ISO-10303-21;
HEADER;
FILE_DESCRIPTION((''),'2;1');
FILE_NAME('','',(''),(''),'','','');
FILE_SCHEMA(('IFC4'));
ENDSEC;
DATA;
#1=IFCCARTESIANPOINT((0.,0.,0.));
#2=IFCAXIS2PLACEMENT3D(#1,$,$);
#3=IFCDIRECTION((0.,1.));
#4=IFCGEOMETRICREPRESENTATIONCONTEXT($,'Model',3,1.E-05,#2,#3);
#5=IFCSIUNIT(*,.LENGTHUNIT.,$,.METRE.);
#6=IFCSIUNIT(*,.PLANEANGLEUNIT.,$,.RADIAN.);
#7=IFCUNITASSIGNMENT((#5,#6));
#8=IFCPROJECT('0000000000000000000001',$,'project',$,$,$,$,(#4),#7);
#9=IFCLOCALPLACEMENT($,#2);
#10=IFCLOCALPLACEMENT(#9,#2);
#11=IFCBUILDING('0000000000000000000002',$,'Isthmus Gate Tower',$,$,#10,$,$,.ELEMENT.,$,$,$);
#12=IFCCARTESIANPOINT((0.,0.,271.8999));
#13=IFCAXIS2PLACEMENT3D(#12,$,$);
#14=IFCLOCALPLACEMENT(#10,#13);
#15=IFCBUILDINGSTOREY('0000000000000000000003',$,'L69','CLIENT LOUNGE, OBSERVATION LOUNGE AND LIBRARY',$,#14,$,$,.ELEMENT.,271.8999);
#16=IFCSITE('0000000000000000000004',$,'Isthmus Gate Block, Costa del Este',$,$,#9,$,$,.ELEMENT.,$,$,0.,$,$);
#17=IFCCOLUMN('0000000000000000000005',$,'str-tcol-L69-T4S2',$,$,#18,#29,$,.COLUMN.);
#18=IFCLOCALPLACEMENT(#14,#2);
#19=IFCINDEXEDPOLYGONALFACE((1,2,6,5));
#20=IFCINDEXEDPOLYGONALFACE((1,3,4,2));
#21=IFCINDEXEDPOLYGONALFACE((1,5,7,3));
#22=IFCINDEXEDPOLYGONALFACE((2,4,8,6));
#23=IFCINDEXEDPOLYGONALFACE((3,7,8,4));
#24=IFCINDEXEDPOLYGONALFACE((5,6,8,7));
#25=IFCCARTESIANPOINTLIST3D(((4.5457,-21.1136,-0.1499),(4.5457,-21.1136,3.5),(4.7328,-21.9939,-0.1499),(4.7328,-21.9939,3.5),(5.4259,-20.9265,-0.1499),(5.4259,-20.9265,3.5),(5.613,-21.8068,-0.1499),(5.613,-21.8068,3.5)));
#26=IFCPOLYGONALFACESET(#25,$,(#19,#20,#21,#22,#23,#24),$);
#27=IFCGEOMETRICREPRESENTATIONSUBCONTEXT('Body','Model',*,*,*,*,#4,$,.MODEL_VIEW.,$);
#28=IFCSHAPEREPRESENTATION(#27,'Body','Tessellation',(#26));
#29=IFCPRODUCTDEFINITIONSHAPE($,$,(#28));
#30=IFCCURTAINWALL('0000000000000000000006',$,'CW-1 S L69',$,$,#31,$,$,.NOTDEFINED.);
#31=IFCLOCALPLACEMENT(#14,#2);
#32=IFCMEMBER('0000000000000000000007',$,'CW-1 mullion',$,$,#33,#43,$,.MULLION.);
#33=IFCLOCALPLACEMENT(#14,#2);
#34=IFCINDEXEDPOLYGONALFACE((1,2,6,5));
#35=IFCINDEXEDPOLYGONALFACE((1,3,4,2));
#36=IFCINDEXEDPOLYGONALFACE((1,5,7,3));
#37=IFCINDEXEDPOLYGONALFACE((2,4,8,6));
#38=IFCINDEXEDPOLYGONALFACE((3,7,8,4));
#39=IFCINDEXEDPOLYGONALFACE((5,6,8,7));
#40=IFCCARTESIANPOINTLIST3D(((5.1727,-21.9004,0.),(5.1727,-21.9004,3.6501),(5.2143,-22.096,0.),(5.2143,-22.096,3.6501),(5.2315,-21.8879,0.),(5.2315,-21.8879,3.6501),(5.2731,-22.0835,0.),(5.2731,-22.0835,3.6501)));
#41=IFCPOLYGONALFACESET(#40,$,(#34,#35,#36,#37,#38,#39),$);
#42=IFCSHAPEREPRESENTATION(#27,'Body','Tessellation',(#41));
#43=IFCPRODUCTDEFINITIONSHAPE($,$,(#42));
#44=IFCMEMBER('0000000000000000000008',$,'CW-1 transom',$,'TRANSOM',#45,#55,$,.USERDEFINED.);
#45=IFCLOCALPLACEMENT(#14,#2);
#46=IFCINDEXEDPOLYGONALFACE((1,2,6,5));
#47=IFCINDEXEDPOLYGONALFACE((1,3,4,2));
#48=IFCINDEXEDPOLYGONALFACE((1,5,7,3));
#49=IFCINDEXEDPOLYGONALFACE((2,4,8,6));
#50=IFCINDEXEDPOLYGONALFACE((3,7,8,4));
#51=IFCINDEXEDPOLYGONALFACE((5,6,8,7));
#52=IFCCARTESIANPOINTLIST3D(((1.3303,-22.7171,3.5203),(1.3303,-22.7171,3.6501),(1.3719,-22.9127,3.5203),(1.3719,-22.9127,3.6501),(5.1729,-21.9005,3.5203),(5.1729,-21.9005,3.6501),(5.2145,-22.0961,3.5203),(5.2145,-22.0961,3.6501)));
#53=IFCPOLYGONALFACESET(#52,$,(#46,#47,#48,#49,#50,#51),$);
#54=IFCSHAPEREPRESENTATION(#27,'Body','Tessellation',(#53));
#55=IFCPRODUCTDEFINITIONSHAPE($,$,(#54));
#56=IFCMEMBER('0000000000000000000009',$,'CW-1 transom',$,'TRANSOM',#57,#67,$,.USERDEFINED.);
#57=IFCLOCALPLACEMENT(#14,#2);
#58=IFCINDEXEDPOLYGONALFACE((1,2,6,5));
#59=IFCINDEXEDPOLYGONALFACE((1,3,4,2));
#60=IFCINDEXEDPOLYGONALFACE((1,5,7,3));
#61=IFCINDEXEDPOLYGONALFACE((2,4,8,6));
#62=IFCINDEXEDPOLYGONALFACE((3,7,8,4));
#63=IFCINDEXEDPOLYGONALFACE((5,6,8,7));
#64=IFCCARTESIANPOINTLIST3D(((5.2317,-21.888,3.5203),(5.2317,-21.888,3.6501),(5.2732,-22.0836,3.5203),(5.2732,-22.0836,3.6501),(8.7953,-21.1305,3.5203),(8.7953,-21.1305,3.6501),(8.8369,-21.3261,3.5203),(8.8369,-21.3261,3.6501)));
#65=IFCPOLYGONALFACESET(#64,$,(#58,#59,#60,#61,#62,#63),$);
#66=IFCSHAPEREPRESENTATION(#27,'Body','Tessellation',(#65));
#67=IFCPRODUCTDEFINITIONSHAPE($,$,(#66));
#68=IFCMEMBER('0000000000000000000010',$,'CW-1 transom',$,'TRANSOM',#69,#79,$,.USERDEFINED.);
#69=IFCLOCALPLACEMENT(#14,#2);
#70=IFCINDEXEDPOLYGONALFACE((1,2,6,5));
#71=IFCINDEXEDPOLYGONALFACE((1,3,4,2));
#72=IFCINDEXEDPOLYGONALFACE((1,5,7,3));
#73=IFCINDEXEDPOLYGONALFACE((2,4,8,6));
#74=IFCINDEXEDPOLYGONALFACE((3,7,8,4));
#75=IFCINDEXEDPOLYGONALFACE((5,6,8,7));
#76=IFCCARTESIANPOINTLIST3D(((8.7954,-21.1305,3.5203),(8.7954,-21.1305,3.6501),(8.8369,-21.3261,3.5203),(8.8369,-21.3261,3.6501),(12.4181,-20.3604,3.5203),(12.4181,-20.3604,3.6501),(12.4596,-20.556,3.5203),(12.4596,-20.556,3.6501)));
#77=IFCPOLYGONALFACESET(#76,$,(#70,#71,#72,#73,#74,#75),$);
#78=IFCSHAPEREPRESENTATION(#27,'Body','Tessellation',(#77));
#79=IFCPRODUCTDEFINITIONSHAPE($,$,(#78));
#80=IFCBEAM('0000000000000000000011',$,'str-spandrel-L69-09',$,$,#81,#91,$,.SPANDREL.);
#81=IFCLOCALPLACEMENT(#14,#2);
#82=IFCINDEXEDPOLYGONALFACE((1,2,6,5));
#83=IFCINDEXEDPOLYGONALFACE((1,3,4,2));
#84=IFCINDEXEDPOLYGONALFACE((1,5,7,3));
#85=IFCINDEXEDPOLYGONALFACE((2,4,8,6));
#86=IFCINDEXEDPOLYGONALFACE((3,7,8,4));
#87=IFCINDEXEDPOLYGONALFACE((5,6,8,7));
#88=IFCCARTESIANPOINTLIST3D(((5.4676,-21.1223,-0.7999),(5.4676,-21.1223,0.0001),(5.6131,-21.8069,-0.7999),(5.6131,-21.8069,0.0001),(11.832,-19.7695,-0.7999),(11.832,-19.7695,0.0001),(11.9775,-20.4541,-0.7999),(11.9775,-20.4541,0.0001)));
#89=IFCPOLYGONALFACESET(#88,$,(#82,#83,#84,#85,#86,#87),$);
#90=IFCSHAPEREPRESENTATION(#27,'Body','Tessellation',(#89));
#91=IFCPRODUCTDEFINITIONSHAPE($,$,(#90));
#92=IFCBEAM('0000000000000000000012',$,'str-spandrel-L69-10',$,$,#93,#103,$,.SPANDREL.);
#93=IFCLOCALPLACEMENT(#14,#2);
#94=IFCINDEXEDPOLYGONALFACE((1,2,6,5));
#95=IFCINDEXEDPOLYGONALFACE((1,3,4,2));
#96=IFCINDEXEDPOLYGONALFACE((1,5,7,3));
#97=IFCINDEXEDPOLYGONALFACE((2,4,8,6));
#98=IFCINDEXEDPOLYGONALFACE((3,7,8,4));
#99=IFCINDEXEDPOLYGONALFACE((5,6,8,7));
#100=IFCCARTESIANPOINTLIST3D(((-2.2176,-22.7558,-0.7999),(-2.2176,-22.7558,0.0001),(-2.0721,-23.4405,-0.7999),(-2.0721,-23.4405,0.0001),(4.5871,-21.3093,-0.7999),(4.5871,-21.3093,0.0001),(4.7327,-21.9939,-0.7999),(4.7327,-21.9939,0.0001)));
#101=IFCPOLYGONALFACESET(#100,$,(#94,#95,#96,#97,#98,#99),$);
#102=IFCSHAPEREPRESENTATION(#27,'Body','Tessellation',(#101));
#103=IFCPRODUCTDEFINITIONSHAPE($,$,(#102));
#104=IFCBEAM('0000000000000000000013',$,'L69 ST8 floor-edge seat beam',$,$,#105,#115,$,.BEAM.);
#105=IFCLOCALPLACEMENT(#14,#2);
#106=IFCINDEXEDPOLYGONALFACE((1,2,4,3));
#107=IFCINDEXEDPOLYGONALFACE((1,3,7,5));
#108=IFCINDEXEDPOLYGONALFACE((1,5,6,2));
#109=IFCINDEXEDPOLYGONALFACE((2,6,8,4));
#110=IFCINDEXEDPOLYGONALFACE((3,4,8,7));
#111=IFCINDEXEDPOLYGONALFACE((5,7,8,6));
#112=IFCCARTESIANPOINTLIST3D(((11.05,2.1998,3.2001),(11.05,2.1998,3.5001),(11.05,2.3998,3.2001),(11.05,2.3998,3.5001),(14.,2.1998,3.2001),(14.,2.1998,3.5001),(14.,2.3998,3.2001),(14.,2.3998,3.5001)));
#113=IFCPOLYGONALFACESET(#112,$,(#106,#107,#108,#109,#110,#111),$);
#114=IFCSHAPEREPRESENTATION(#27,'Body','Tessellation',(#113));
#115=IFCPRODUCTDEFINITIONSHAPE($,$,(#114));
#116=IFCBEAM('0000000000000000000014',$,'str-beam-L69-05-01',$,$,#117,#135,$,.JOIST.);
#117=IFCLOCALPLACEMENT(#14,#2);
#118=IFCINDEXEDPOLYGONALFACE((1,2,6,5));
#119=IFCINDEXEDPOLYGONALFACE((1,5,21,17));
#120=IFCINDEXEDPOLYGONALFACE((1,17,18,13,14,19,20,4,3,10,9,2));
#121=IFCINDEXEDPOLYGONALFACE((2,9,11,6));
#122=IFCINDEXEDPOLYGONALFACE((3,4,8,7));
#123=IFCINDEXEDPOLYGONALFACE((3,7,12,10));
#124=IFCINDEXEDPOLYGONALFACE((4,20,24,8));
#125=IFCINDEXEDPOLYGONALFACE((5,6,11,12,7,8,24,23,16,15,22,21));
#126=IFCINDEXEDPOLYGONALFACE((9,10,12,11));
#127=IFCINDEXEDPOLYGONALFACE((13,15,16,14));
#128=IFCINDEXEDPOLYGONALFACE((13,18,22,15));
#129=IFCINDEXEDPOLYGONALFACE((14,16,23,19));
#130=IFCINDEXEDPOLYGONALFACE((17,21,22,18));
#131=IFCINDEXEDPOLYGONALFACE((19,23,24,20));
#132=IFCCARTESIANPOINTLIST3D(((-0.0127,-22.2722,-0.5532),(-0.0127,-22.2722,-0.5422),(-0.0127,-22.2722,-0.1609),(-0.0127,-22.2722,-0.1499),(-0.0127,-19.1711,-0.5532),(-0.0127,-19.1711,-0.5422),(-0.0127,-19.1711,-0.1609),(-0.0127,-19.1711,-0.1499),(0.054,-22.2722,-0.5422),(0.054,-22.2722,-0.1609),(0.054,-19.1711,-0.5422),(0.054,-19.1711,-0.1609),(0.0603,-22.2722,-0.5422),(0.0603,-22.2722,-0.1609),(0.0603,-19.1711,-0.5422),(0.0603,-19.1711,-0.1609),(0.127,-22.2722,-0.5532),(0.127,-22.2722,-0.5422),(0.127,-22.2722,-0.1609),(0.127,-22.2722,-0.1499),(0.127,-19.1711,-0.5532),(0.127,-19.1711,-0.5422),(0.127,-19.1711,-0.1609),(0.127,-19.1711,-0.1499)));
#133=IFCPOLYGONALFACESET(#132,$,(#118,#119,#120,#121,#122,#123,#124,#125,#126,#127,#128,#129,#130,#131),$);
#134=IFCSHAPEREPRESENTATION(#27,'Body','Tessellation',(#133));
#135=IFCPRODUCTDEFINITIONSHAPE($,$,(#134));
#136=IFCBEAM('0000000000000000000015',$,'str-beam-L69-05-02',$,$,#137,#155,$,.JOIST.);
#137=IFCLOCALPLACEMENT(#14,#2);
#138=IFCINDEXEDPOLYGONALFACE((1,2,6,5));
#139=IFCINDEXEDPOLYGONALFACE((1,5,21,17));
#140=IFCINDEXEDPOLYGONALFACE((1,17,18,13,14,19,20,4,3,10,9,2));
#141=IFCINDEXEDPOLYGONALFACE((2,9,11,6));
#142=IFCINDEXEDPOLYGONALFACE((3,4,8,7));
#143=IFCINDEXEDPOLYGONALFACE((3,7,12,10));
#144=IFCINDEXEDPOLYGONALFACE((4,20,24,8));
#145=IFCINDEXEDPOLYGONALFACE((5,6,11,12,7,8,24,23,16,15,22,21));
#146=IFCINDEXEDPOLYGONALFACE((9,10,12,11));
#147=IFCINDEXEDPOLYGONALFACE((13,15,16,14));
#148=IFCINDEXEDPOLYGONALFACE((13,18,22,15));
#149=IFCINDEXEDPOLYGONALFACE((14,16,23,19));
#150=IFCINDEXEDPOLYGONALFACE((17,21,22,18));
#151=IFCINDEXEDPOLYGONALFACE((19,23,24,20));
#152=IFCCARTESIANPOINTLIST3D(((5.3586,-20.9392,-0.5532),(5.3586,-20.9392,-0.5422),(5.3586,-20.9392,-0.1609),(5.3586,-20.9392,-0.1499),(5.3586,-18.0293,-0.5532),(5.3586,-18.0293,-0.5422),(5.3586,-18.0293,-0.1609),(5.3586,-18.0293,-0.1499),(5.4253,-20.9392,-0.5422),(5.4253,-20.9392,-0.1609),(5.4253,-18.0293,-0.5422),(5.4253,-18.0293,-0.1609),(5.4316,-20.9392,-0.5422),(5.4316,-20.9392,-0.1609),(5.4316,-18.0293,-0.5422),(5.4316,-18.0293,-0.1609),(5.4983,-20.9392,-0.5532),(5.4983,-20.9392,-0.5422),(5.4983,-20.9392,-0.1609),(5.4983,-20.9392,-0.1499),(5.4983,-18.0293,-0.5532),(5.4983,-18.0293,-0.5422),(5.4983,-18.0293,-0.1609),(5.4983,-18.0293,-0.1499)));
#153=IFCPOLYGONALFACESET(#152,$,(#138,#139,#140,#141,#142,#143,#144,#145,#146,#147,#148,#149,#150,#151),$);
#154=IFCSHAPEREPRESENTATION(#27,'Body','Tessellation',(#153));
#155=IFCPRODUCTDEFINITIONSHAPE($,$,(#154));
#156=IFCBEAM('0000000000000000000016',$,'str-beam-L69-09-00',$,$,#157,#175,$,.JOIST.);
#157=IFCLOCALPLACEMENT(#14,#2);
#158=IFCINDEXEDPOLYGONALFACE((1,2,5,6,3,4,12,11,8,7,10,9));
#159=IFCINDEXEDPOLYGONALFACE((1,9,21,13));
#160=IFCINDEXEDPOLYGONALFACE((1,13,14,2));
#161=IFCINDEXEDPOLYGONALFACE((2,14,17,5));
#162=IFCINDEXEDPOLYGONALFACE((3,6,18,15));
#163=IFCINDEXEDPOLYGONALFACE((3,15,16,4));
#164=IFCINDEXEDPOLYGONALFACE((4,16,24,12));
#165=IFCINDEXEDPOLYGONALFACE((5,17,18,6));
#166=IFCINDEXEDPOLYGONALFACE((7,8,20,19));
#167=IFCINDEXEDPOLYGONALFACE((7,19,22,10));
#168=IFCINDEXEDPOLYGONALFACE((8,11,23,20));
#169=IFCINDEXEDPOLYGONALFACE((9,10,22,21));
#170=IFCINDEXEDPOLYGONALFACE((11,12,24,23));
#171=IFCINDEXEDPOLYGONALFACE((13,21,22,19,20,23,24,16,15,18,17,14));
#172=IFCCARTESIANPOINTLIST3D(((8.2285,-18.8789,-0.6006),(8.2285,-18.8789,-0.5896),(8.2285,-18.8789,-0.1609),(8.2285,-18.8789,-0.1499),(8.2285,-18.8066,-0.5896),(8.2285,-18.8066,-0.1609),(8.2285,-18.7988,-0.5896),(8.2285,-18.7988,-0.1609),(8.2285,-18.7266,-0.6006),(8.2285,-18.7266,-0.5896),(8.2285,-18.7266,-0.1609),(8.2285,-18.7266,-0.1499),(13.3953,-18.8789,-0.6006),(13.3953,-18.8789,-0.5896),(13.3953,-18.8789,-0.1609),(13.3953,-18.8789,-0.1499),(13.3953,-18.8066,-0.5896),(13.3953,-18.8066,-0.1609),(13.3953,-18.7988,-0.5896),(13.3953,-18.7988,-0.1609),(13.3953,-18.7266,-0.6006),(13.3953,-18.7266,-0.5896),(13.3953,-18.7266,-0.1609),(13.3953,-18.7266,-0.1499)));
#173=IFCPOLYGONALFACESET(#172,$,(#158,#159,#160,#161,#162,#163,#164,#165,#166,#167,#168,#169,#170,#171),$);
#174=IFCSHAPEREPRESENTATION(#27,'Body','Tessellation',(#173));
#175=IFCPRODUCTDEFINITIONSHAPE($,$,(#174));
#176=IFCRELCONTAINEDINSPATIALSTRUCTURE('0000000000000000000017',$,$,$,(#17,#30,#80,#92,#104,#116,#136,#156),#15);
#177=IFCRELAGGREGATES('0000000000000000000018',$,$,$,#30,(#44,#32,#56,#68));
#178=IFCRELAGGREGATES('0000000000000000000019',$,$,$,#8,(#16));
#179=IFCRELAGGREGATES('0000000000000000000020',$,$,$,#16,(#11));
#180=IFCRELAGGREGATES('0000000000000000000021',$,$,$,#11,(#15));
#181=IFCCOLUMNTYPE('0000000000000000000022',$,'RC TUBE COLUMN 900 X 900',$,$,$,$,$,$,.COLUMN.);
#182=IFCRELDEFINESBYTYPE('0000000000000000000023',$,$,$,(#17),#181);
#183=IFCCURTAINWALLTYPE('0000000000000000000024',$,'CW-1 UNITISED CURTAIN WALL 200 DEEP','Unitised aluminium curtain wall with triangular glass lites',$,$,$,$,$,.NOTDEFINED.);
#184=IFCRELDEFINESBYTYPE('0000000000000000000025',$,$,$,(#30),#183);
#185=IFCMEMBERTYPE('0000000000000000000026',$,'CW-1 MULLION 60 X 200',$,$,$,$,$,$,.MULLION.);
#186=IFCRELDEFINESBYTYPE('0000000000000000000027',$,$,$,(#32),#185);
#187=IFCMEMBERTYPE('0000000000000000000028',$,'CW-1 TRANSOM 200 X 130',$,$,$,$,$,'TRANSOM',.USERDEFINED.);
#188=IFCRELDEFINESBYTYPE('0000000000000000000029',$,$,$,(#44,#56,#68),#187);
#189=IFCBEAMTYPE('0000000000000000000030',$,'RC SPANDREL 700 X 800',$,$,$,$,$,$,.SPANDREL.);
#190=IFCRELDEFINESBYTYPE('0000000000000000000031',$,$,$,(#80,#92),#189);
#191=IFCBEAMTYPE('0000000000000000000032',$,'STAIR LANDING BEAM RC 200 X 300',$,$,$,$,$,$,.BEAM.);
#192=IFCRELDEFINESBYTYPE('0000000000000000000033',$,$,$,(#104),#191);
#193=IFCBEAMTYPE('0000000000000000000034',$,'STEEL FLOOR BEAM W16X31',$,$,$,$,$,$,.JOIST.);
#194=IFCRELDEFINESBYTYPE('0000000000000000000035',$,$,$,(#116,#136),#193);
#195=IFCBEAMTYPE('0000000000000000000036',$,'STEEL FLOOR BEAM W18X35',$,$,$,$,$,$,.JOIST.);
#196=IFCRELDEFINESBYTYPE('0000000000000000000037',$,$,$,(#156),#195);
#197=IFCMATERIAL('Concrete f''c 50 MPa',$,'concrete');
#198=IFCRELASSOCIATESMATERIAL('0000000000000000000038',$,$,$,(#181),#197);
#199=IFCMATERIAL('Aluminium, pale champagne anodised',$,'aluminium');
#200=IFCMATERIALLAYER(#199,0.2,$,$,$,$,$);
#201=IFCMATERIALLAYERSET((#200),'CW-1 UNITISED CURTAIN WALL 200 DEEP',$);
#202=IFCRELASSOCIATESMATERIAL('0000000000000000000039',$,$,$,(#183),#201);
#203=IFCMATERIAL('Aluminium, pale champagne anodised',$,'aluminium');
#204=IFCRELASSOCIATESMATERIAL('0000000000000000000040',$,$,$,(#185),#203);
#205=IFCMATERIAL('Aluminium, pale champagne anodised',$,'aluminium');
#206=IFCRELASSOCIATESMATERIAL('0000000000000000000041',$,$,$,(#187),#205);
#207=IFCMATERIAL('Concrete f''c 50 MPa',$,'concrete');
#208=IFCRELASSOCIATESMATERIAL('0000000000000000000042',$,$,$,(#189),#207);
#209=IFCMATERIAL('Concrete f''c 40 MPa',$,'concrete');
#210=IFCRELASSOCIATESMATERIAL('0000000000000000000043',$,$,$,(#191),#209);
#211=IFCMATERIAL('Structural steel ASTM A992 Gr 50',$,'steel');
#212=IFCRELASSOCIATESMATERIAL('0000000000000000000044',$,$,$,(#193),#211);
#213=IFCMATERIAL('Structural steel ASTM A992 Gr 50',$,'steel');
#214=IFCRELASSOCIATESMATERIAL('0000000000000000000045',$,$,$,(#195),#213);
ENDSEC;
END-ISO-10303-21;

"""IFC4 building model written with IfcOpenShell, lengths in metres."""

from ifc_helpers import new_model, si_unit, direction, frame, origin, origin_2d, place, context, subcontext, project, spatial, rectangle, i_section, extrude, material, layer, layer_set, material_profile, profile_set, type_object, element, aggregate, save


model = new_model("IFC4")

# Units and contexts
model_context = context("Model", 3, precision=1e-05, world=origin(), true_north=direction((0.0, 1.0)))
body_context = subcontext(model_context, "Body", "Model", "MODEL_VIEW")
ifc_project = project(units=[si_unit("LENGTHUNIT", "METRE"), si_unit("PLANEANGLEUNIT", "RADIAN")], contexts=[model_context])

# Site, building, storey
site_placement = place(None, origin())
site = spatial("IfcSite", under=ifc_project, at=site_placement, Name="Isthmus Gate Block, Costa del Este", CompositionType="ELEMENT", RefElevation=0.0)
building_placement = place(site_placement, origin())
building = spatial("IfcBuilding", under=site, at=building_placement, Name="Isthmus Gate Tower", CompositionType="ELEMENT")
storey_placement = place(building_placement, frame((0.0, 0.0, 271.8999)))
storey = spatial("IfcBuildingStorey", under=building, at=storey_placement, Name="L69", Description="CLIENT LOUNGE, OBSERVATION LOUNGE AND LIBRARY", CompositionType="ELEMENT", Elevation=271.8999)

# Column
ifc_material_1 = material(Name="Concrete f'c 50 MPa", Category="concrete")
ifc_material_profile_1 = material_profile(ifc_material_1, rectangle(XDim=0.8999, YDim=0.8999, at=origin_2d()), Name="RC 900X900")
ifc_profile_set_1 = profile_set([ifc_material_profile_1], Name="Concrete f'c 50 MPa")
column_type = type_object("IfcColumnType", Name="RC TUBE COLUMN 900 X 900", PredefinedType="COLUMN", material=ifc_profile_set_1)
column_placement = place(storey_placement, frame((5.0793, -21.4602, -0.1499), z_axis=(0.0, 0.0, 1.0), x_axis=(0.978148, 0.207912, 0.0)))
element("IfcColumn", 1, at=column_placement, inside=storey, type_object=column_type, Name="str-tcol-L69-T4S2", PredefinedType="COLUMN", context=body_context, shape_type="SweptSolid", body=[
    extrude(rectangle(XDim=0.8999, YDim=0.8999, at=origin_2d()), origin(), (0.0, 0.0, 1.0), 3.6499),
])

# Curtain wall, members
ifc_material_2 = material(Name="Aluminium, pale champagne anodised", Category="aluminium")
ifc_layer_1 = layer(ifc_material_2, 0.2)
ifc_layer_set_1 = layer_set([ifc_layer_1], Name="CW-1 UNITISED CURTAIN WALL 200 DEEP")
curtain_wall_type = type_object("IfcCurtainWallType", Name="CW-1 UNITISED CURTAIN WALL 200 DEEP", Description="Unitised aluminium curtain wall with triangular glass lites", PredefinedType="NOTDEFINED", material=ifc_layer_set_1)
curtain_wall_placement = place(storey_placement, origin())
curtain_wall = element("IfcCurtainWall", 2, at=curtain_wall_placement, inside=storey, type_object=curtain_wall_type, Name="CW-1 S L69", PredefinedType="NOTDEFINED")
ifc_material_3 = material(Name="Aluminium, pale champagne anodised", Category="aluminium")
ifc_material_profile_2 = material_profile(ifc_material_3, rectangle(XDim=0.0601, YDim=0.2, at=origin_2d()), Name="60x200")
ifc_profile_set_2 = profile_set([ifc_material_profile_2], Name="Aluminium, pale champagne anodised")
member_type_1 = type_object("IfcMemberType", Name="CW-1 MULLION 60 X 200", PredefinedType="MULLION", material=ifc_profile_set_2)
member_1_placement = place(storey_placement, frame((5.2229, -21.9919, 0.0), z_axis=(0.0, 0.0, 1.0), x_axis=(0.978148, 0.207912, 0.0)))
member_1 = element("IfcMember", 3, at=member_1_placement, type_object=member_type_1, Name="CW-1 mullion", PredefinedType="MULLION", context=body_context, shape_type="SweptSolid", body=[
    extrude(rectangle(XDim=0.0601, YDim=0.2, at=origin_2d()), origin(), (0.0, 0.0, 1.0), 3.6501),
])
ifc_material_4 = material(Name="Aluminium, pale champagne anodised", Category="aluminium")
ifc_material_profile_3 = material_profile(ifc_material_4, rectangle(XDim=0.2, YDim=0.1299, at=origin_2d()), Name="200x130")
ifc_profile_set_3 = profile_set([ifc_material_profile_3], Name="Aluminium, pale champagne anodised")
member_type_2 = type_object("IfcMemberType", Name="CW-1 TRANSOM 200 X 130", ElementType="TRANSOM", PredefinedType="USERDEFINED", material=ifc_profile_set_3)
member_2_placement = place(storey_placement, frame((1.3511, -22.8149, 3.5852), z_axis=(0.978153, 0.207886, 0.0), x_axis=(-0.207886, 0.978153, 0.0)))
member_2 = element("IfcMember", 4, at=member_2_placement, type_object=member_type_2, Name="CW-1 transom", ObjectType="TRANSOM", PredefinedType="USERDEFINED", context=body_context, shape_type="SweptSolid", body=[
    extrude(rectangle(XDim=0.2, YDim=0.1299, at=origin_2d()), origin(), (0.0, 0.0, 1.0), 3.9285),
])
member_3_placement = place(storey_placement, frame((5.2524, -21.9858, 3.5852), z_axis=(0.978143, 0.207932, 0.0), x_axis=(-0.207932, 0.978143, 0.0)))
member_3 = element("IfcMember", 5, at=member_3_placement, type_object=member_type_2, Name="CW-1 transom", ObjectType="TRANSOM", PredefinedType="USERDEFINED", context=body_context, shape_type="SweptSolid", body=[
    extrude(rectangle(XDim=0.2, YDim=0.1299, at=origin_2d()), origin(), (0.0, 0.0, 1.0), 3.6433),
])
member_4_placement = place(storey_placement, frame((8.8162, -21.2283, 3.5852), z_axis=(0.978146, 0.207917, 0.0), x_axis=(-0.207917, 0.978146, 0.0)))
member_4 = element("IfcMember", 6, at=member_4_placement, type_object=member_type_2, Name="CW-1 transom", ObjectType="TRANSOM", PredefinedType="USERDEFINED", context=body_context, shape_type="SweptSolid", body=[
    extrude(rectangle(XDim=0.2, YDim=0.1299, at=origin_2d()), origin(), (0.0, 0.0, 1.0), 3.7036),
])

# Beams
ifc_material_5 = material(Name="Concrete f'c 50 MPa", Category="concrete")
ifc_material_profile_4 = material_profile(ifc_material_5, rectangle(XDim=0.7, YDim=0.8, at=origin_2d()), Name="RC 700X800")
ifc_profile_set_4 = profile_set([ifc_material_profile_4], Name="Concrete f'c 50 MPa")
beam_type_1 = type_object("IfcBeamType", Name="RC SPANDREL 700 X 800", PredefinedType="SPANDREL", material=ifc_profile_set_4)
beam_1_placement = place(storey_placement, frame((11.9048, -20.1118, -0.3999), z_axis=(-0.978149, -0.207907, 0.0), x_axis=(0.207907, -0.978149, 0.0)))
element("IfcBeam", 7, at=beam_1_placement, inside=storey, type_object=beam_type_1, Name="str-spandrel-L69-09", PredefinedType="SPANDREL", context=body_context, shape_type="SweptSolid", body=[
    extrude(rectangle(XDim=0.7, YDim=0.8, at=origin_2d()), origin(), (0.0, 0.0, 1.0), 6.5066),
])
beam_2_placement = place(storey_placement, frame((4.6599, -21.6516, -0.3999), z_axis=(-0.978143, -0.207933, 0.0), x_axis=(0.207933, -0.978143, 0.0)))
element("IfcBeam", 8, at=beam_2_placement, inside=storey, type_object=beam_type_1, Name="str-spandrel-L69-10", PredefinedType="SPANDREL", context=body_context, shape_type="SweptSolid", body=[
    extrude(rectangle(XDim=0.7, YDim=0.8, at=origin_2d()), origin(), (0.0, 0.0, 1.0), 6.9568),
])
ifc_material_6 = material(Name="Concrete f'c 40 MPa", Category="concrete")
ifc_material_profile_5 = material_profile(ifc_material_6, rectangle(XDim=0.2, YDim=0.3, at=origin_2d()), Name="STAIR LANDING BEAM RC 200 X 300")
ifc_profile_set_5 = profile_set([ifc_material_profile_5], Name="Concrete f'c 40 MPa")
beam_type_2 = type_object("IfcBeamType", Name="STAIR LANDING BEAM RC 200 X 300", PredefinedType="BEAM", material=ifc_profile_set_5)
beam_3_placement = place(storey_placement, frame((11.05, 2.2998, 3.3501), z_axis=(1.0, 0.0, 0.0), x_axis=(0.0, 1.0, 0.0)))
element("IfcBeam", 9, at=beam_3_placement, inside=storey, type_object=beam_type_2, Name="L69 ST8 floor-edge seat beam", PredefinedType="BEAM", context=body_context, shape_type="SweptSolid", body=[
    extrude(rectangle(XDim=0.2, YDim=0.3, at=origin_2d()), origin(), (0.0, 0.0, 1.0), 2.95),
])
ifc_material_7 = material(Name="Structural steel ASTM A992 Gr 50", Category="steel")
ifc_material_profile_6 = material_profile(ifc_material_7, i_section(OverallWidth=0.1396, OverallDepth=0.4033, WebThickness=0.0063, FlangeThickness=0.011, at=origin_2d()), Name="W16X31")
ifc_profile_set_6 = profile_set([ifc_material_profile_6], Name="Structural steel ASTM A992 Gr 50")
beam_type_3 = type_object("IfcBeamType", Name="STEEL FLOOR BEAM W16X31", PredefinedType="JOIST", material=ifc_profile_set_6)
beam_4_placement = place(storey_placement, frame((0.0571, -22.2722, -0.3516), z_axis=(0.0, 1.0, 0.0), x_axis=(-1.0, 0.0, 0.0)))
element("IfcBeam", 10, at=beam_4_placement, inside=storey, type_object=beam_type_3, Name="str-beam-L69-05-01", PredefinedType="JOIST", context=body_context, shape_type="SweptSolid", body=[
    extrude(i_section(OverallWidth=0.1396, OverallDepth=0.4033, WebThickness=0.0063, FlangeThickness=0.011, at=origin_2d()), origin(), (0.0, 0.0, 1.0), 3.1011),
])
beam_5_placement = place(storey_placement, frame((5.4285, -20.9392, -0.3516), z_axis=(0.0, 1.0, 0.0), x_axis=(-1.0, 0.0, 0.0)))
element("IfcBeam", 11, at=beam_5_placement, inside=storey, type_object=beam_type_3, Name="str-beam-L69-05-02", PredefinedType="JOIST", context=body_context, shape_type="SweptSolid", body=[
    extrude(i_section(OverallWidth=0.1396, OverallDepth=0.4033, WebThickness=0.0063, FlangeThickness=0.011, at=origin_2d()), origin(), (0.0, 0.0, 1.0), 2.9099),
])
ifc_material_8 = material(Name="Structural steel ASTM A992 Gr 50", Category="steel")
ifc_material_profile_7 = material_profile(ifc_material_8, i_section(OverallWidth=0.1523, OverallDepth=0.4507, WebThickness=0.0078, FlangeThickness=0.011, at=origin_2d()), Name="W18X35")
ifc_profile_set_7 = profile_set([ifc_material_profile_7], Name="Structural steel ASTM A992 Gr 50")
beam_type_4 = type_object("IfcBeamType", Name="STEEL FLOOR BEAM W18X35", PredefinedType="JOIST", material=ifc_profile_set_7)
for number, where, z_axis, x_axis, name in (
    (12, (8.2285, -18.8027, -0.3752), (1.0, 0.0, 0.0), (0.0, 1.0, 0.0), "str-beam-L69-09-00"),
):
    element("IfcBeam", number, at=place(storey_placement, frame(where, z_axis=z_axis, x_axis=x_axis)), inside=storey, type_object=beam_type_4, Name=name, PredefinedType="JOIST", context=body_context, shape_type="SweptSolid", body=[
        extrude(i_section(OverallWidth=0.1523, OverallDepth=0.4507, WebThickness=0.0078, FlangeThickness=0.011, at=origin_2d()), origin(), (0.0, 0.0, 1.0), 5.1667),
    ])

aggregate(curtain_wall, [member_2, member_1, member_3, member_4])

save(model, "model.ifc")
